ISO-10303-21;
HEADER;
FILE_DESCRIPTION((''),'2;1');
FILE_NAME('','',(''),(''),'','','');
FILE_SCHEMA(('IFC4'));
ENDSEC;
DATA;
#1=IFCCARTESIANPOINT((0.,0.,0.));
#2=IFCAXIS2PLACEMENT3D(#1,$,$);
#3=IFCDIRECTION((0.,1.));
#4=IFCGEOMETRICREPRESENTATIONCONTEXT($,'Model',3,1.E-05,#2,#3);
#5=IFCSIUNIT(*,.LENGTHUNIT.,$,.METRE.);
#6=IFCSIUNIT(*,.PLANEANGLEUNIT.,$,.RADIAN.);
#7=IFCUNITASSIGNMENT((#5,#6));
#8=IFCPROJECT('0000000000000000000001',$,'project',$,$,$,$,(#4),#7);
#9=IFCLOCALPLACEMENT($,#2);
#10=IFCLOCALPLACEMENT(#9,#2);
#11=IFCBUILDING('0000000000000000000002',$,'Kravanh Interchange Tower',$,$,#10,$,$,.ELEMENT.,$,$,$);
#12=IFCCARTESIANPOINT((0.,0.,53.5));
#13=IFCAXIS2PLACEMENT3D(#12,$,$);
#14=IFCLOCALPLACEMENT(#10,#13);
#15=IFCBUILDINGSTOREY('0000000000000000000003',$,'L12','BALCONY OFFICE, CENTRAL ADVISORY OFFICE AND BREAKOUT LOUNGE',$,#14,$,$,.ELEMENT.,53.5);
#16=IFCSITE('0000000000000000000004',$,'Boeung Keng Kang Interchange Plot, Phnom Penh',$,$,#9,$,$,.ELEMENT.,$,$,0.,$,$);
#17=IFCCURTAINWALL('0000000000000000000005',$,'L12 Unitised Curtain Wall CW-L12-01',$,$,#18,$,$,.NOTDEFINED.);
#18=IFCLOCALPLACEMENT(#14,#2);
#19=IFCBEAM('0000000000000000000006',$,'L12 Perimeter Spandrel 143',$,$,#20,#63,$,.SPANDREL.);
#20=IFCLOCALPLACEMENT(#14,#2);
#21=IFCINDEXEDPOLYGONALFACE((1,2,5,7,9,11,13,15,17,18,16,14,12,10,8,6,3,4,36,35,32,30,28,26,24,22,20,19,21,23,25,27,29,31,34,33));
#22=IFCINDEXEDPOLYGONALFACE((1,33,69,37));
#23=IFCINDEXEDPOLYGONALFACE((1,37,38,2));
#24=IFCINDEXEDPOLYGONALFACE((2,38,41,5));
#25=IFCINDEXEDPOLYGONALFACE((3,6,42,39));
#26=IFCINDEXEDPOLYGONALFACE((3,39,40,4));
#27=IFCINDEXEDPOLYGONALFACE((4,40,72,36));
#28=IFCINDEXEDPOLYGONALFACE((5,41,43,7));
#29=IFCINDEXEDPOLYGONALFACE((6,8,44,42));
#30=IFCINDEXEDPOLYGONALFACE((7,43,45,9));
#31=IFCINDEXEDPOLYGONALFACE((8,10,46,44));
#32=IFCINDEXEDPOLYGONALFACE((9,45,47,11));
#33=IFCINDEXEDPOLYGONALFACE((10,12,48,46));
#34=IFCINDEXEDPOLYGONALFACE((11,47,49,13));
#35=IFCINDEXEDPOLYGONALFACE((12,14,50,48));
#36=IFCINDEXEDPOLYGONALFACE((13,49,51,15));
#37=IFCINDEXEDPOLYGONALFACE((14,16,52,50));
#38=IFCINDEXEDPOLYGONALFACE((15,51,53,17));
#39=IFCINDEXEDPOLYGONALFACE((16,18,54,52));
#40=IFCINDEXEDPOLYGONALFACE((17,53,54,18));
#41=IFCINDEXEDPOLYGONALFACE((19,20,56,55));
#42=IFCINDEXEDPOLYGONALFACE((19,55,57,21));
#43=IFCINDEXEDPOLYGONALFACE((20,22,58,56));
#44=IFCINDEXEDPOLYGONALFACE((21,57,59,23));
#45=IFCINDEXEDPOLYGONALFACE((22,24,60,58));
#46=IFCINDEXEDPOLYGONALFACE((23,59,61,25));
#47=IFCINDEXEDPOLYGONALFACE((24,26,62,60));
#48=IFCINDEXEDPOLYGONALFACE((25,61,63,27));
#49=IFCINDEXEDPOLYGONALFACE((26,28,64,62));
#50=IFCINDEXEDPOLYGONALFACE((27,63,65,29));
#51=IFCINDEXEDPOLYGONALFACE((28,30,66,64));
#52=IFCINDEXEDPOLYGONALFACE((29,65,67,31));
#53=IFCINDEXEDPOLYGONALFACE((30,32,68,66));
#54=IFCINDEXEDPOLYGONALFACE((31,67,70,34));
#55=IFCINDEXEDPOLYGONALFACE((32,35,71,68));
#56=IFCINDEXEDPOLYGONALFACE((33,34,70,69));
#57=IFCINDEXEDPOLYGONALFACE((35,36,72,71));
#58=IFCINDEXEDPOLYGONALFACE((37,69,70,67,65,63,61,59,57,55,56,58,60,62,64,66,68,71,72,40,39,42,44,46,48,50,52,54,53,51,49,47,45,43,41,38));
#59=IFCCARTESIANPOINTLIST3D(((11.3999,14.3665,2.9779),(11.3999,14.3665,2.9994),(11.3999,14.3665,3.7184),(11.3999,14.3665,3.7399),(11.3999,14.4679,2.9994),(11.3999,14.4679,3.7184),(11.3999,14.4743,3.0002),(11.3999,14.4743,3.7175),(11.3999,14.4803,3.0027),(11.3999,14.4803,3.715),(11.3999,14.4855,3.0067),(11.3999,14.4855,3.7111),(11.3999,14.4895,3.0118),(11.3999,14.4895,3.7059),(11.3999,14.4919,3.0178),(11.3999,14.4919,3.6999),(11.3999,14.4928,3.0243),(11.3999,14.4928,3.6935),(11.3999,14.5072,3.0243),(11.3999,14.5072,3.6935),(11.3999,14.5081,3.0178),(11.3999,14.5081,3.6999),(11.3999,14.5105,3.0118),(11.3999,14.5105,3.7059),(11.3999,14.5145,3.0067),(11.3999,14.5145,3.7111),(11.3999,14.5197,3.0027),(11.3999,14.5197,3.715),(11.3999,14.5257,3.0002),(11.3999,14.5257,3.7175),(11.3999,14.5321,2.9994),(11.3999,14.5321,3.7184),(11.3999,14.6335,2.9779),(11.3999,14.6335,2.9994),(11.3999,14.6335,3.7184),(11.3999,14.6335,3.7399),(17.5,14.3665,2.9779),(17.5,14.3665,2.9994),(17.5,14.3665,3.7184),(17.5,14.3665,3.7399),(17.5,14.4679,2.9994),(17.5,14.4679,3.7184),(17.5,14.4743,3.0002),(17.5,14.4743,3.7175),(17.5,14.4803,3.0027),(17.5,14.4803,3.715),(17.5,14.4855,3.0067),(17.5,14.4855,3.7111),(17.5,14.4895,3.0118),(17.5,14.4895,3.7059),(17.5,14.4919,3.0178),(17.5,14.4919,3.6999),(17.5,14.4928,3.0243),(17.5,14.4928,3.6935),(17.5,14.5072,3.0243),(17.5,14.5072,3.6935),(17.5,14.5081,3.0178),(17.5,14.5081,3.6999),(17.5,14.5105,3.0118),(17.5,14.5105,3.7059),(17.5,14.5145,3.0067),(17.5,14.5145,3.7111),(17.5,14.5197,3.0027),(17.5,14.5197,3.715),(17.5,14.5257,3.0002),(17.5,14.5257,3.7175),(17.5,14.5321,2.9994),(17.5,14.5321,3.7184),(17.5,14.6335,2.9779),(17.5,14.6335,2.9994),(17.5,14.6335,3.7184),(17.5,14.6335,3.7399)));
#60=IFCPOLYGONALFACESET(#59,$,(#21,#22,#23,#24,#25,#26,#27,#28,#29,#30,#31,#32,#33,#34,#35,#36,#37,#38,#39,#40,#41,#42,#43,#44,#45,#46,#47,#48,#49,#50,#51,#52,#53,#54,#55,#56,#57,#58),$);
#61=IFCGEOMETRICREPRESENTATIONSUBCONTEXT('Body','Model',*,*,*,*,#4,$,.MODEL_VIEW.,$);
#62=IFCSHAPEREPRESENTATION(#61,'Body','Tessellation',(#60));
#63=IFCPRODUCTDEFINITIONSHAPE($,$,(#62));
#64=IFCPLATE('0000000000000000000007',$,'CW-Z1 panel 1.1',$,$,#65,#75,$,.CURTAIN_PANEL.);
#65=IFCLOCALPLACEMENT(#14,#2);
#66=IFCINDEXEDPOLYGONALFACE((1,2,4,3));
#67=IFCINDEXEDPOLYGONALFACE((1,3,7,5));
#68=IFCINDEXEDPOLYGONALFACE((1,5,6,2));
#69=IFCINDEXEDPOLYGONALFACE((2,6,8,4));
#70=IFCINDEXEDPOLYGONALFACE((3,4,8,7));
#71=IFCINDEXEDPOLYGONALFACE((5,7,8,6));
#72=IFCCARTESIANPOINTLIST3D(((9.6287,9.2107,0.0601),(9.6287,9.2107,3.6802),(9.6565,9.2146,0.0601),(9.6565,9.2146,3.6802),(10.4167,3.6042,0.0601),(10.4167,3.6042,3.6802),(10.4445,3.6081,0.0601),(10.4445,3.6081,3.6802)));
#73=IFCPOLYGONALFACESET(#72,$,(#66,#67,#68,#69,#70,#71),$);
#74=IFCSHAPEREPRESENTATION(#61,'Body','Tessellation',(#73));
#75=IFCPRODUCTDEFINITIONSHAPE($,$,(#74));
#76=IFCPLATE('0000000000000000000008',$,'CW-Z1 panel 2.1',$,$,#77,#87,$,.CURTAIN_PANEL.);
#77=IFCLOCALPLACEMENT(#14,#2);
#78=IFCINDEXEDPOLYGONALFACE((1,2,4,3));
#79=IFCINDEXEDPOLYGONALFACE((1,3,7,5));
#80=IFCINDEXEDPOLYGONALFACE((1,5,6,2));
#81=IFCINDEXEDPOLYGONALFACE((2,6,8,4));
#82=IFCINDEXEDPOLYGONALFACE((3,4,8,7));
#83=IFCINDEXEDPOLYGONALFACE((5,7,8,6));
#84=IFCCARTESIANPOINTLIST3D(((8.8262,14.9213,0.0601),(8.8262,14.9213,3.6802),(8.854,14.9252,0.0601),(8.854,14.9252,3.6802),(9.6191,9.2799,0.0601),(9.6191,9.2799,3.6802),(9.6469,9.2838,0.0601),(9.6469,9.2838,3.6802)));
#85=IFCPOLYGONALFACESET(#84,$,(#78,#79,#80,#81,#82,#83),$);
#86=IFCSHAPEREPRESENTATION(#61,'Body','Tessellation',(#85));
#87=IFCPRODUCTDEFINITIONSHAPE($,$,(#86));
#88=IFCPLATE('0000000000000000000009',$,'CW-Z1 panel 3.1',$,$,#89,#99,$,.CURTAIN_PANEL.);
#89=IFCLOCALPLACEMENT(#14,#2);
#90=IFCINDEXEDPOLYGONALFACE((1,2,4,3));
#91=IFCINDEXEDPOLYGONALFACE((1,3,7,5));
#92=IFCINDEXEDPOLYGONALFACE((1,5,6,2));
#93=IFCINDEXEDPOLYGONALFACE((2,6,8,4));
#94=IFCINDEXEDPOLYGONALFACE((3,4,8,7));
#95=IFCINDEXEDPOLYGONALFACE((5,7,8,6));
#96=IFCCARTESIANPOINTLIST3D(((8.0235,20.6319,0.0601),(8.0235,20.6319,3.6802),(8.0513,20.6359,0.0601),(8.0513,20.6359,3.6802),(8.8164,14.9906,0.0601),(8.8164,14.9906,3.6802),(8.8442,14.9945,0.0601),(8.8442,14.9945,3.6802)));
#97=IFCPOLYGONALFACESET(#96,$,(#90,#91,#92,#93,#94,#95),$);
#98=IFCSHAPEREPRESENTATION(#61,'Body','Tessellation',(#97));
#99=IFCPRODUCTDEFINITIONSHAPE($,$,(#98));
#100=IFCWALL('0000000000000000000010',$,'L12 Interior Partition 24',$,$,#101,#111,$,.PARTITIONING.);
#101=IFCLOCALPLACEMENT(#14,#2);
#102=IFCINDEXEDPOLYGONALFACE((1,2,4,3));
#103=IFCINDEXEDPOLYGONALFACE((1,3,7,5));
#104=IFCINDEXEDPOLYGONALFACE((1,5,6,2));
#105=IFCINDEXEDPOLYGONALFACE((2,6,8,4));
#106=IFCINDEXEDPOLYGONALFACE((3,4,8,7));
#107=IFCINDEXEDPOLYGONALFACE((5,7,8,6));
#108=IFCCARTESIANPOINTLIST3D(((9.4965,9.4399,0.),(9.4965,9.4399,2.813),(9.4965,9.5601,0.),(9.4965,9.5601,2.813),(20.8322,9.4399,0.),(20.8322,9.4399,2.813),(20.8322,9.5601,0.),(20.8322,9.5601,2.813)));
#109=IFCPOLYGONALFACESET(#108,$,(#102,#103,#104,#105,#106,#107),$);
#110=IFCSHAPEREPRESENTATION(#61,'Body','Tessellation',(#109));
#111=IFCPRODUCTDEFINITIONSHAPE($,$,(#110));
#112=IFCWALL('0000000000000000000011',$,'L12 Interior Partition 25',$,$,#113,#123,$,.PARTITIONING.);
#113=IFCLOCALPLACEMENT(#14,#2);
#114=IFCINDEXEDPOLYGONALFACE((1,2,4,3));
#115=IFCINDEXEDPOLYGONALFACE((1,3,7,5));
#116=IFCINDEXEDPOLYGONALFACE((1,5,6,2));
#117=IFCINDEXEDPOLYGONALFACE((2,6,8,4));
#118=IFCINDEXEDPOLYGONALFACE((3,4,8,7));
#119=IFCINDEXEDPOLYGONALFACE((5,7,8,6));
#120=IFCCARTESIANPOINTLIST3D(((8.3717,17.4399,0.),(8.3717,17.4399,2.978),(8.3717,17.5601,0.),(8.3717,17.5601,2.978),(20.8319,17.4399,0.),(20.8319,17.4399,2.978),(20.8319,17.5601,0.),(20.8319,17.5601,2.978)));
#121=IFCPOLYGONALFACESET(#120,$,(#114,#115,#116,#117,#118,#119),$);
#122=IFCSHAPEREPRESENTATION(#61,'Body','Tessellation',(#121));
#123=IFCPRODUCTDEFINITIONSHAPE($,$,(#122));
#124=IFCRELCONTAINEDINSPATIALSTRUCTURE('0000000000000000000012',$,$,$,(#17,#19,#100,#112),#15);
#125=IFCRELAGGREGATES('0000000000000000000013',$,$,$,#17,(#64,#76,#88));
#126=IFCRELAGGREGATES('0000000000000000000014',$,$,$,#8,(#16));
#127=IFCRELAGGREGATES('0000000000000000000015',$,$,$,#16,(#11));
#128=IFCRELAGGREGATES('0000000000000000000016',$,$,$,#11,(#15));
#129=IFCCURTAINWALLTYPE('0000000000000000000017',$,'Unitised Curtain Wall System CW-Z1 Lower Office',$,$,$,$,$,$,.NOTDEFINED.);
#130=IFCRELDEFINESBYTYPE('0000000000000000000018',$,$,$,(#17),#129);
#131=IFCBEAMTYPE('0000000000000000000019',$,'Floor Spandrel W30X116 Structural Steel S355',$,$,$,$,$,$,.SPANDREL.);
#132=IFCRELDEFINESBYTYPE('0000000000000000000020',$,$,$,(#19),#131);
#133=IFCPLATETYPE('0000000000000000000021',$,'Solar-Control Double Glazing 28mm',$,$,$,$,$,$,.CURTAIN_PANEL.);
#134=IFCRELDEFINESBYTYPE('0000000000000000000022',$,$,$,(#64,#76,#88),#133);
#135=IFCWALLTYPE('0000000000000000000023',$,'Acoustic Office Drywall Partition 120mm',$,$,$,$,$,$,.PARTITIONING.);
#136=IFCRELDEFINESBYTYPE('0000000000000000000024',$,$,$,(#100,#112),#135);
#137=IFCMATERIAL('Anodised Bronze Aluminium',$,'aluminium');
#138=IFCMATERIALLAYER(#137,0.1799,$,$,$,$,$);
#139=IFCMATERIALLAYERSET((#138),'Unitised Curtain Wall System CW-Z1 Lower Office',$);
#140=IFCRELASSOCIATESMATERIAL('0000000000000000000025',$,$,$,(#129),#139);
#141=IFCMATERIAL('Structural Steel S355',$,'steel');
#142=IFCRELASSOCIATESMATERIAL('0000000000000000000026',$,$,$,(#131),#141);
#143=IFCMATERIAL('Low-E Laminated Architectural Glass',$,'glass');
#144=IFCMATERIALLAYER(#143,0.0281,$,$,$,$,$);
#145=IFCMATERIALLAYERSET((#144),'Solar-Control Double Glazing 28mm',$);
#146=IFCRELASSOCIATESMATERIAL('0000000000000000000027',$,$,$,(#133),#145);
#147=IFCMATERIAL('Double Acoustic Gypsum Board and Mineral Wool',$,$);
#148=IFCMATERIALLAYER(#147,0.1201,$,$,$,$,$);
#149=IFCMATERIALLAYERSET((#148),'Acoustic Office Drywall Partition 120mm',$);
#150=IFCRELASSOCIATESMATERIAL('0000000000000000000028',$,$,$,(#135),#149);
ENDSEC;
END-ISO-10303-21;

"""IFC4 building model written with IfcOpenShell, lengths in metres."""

from ifc_helpers import new_model, si_unit, direction, frame, frame_2d, origin, origin_2d, place, context, subcontext, project, spatial, rectangle, i_section, extrude, material, layer, layer_set, material_profile, profile_set, type_object, element, aggregate, save


model = new_model("IFC4")

# Units and contexts
model_context = context("Model", 3, precision=1e-05, world=origin(), true_north=direction((0.0, 1.0)))
body_context = subcontext(model_context, "Body", "Model", "MODEL_VIEW")
ifc_project = project(units=[si_unit("LENGTHUNIT", "METRE"), si_unit("PLANEANGLEUNIT", "RADIAN")], contexts=[model_context])

# Site, building, storey
site_placement = place(None, origin())
site = spatial("IfcSite", under=ifc_project, at=site_placement, Name="Boeung Keng Kang Interchange Plot, Phnom Penh", CompositionType="ELEMENT", RefElevation=0.0)
building_placement = place(site_placement, origin())
building = spatial("IfcBuilding", under=site, at=building_placement, Name="Kravanh Interchange Tower", CompositionType="ELEMENT")
storey_placement = place(building_placement, frame((0.0, 0.0, 53.5)))
storey = spatial("IfcBuildingStorey", under=building, at=storey_placement, Name="L12", Description="BALCONY OFFICE, CENTRAL ADVISORY OFFICE AND BREAKOUT LOUNGE", CompositionType="ELEMENT", Elevation=53.5)

# Curtain wall
ifc_material_1 = material(Name="Anodised Bronze Aluminium", Category="aluminium")
ifc_layer_1 = layer(ifc_material_1, 0.1799)
ifc_layer_set_1 = layer_set([ifc_layer_1], Name="Unitised Curtain Wall System CW-Z1 Lower Office")
curtain_wall_type = type_object("IfcCurtainWallType", Name="Unitised Curtain Wall System CW-Z1 Lower Office", PredefinedType="NOTDEFINED", material=ifc_layer_set_1)
curtain_wall_placement = place(storey_placement, origin())
curtain_wall = element("IfcCurtainWall", 1, at=curtain_wall_placement, inside=storey, type_object=curtain_wall_type, Name="L12 Unitised Curtain Wall CW-L12-01", PredefinedType="NOTDEFINED")

# Beam
ifc_material_2 = material(Name="Structural Steel S355", Category="steel")
ifc_material_profile_1 = material_profile(ifc_material_2, i_section(OverallWidth=0.2671, OverallDepth=0.762, WebThickness=0.0144, FlangeThickness=0.0215, FilletRadius=0.0249, at=origin_2d()), Name="W30X116")
ifc_profile_set_1 = profile_set([ifc_material_profile_1], Name="Structural Steel S355")
beam_type_1 = type_object("IfcBeamType", Name="Floor Spandrel W30X116 Structural Steel S355", PredefinedType="SPANDREL", material=ifc_profile_set_1)
beam_1_placement = place(storey_placement, frame((11.3999, 14.5, 3.3589), z_axis=(1.0, 0.0, 0.0), x_axis=(0.0, 1.0, 0.0)))
element("IfcBeam", 2, at=beam_1_placement, inside=storey, type_object=beam_type_1, Name="L12 Perimeter Spandrel 143", PredefinedType="SPANDREL", context=body_context, shape_type="SweptSolid", body=[
    extrude(i_section(OverallWidth=0.2671, OverallDepth=0.762, WebThickness=0.0144, FlangeThickness=0.0215, FilletRadius=0.0249, at=origin_2d()), origin(), (0.0, 0.0, 1.0), 6.1001),
])

# Plates
ifc_material_3 = material(Name="Low-E Laminated Architectural Glass", Category="glass")
ifc_layer_2 = layer(ifc_material_3, 0.0281)
ifc_layer_set_2 = layer_set([ifc_layer_2], Name="Solar-Control Double Glazing 28mm")
plate_type = type_object("IfcPlateType", Name="Solar-Control Double Glazing 28mm", PredefinedType="CURTAIN_PANEL", material=ifc_layer_set_2)
plate_1_placement = place(storey_placement, frame((10.0366, 6.4094, 0.0601), z_axis=(0.0, 0.0, 1.0), x_axis=(-0.139177, 0.990268, 0.0)))
plate_1 = element("IfcPlate", 3, at=plate_1_placement, type_object=plate_type, Name="CW-Z1 panel 1.1", PredefinedType="CURTAIN_PANEL", context=body_context, shape_type="SweptSolid", body=[
    extrude(rectangle(XDim=5.6616, YDim=0.0281, at=origin_2d()), origin(), (0.0, 0.0, 1.0), 3.6201),
])
plate_2_placement = place(storey_placement, frame((9.2366, 12.1025, 0.0601), z_axis=(0.0, 0.0, 1.0), x_axis=(-0.139177, 0.990268, 0.0)))
plate_2 = element("IfcPlate", 4, at=plate_2_placement, type_object=plate_type, Name="CW-Z1 panel 2.1", PredefinedType="CURTAIN_PANEL", context=body_context, shape_type="SweptSolid", body=[
    extrude(rectangle(XDim=5.6968, YDim=0.0281, at=origin_2d()), origin(), (0.0, 0.0, 1.0), 3.6201),
])
plate_3_placement = place(storey_placement, frame((8.4338, 17.8132, 0.0601), z_axis=(0.0, 0.0, 1.0), x_axis=(-0.139177, 0.990268, 0.0)))
plate_3 = element("IfcPlate", 5, at=plate_3_placement, type_object=plate_type, Name="CW-Z1 panel 3.1", PredefinedType="CURTAIN_PANEL", context=body_context, shape_type="SweptSolid", body=[
    extrude(rectangle(XDim=5.6968, YDim=0.0281, at=origin_2d()), origin(), (0.0, 0.0, 1.0), 3.6201),
])
aggregate(curtain_wall, [plate_1, plate_2, plate_3])

# Walls
ifc_material_4 = material(Name="Double Acoustic Gypsum Board and Mineral Wool")
ifc_layer_3 = layer(ifc_material_4, 0.1201)
ifc_layer_set_3 = layer_set([ifc_layer_3], Name="Acoustic Office Drywall Partition 120mm")
wall_type = type_object("IfcWallType", Name="Acoustic Office Drywall Partition 120mm", PredefinedType="PARTITIONING", material=ifc_layer_set_3)
wall_1_placement = place(storey_placement, frame((9.4963, 9.5, 0.0), z_axis=(0.0, 0.0, 1.0), x_axis=(1.0, 0.0, 0.0)))
element("IfcWall", 6, at=wall_1_placement, inside=storey, type_object=wall_type, Name="L12 Interior Partition 24", PredefinedType="PARTITIONING", context=body_context, shape_type="SweptSolid", body=[
    extrude(rectangle(XDim=11.3357, YDim=0.1201, at=frame_2d((5.668, 0.0))), origin(), (0.0, 0.0, 1.0), 2.813),
])
wall_2_placement = place(storey_placement, frame((8.3718, 17.5, 0.0), z_axis=(0.0, 0.0, 1.0), x_axis=(1.0, 0.0, 0.0)))
element("IfcWall", 7, at=wall_2_placement, inside=storey, type_object=wall_type, Name="L12 Interior Partition 25", PredefinedType="PARTITIONING", context=body_context, shape_type="SweptSolid", body=[
    extrude(rectangle(XDim=12.4602, YDim=0.1201, at=frame_2d((6.23, 0.0))), origin(), (0.0, 0.0, 1.0), 2.978),
])

save(model, "model.ifc")
